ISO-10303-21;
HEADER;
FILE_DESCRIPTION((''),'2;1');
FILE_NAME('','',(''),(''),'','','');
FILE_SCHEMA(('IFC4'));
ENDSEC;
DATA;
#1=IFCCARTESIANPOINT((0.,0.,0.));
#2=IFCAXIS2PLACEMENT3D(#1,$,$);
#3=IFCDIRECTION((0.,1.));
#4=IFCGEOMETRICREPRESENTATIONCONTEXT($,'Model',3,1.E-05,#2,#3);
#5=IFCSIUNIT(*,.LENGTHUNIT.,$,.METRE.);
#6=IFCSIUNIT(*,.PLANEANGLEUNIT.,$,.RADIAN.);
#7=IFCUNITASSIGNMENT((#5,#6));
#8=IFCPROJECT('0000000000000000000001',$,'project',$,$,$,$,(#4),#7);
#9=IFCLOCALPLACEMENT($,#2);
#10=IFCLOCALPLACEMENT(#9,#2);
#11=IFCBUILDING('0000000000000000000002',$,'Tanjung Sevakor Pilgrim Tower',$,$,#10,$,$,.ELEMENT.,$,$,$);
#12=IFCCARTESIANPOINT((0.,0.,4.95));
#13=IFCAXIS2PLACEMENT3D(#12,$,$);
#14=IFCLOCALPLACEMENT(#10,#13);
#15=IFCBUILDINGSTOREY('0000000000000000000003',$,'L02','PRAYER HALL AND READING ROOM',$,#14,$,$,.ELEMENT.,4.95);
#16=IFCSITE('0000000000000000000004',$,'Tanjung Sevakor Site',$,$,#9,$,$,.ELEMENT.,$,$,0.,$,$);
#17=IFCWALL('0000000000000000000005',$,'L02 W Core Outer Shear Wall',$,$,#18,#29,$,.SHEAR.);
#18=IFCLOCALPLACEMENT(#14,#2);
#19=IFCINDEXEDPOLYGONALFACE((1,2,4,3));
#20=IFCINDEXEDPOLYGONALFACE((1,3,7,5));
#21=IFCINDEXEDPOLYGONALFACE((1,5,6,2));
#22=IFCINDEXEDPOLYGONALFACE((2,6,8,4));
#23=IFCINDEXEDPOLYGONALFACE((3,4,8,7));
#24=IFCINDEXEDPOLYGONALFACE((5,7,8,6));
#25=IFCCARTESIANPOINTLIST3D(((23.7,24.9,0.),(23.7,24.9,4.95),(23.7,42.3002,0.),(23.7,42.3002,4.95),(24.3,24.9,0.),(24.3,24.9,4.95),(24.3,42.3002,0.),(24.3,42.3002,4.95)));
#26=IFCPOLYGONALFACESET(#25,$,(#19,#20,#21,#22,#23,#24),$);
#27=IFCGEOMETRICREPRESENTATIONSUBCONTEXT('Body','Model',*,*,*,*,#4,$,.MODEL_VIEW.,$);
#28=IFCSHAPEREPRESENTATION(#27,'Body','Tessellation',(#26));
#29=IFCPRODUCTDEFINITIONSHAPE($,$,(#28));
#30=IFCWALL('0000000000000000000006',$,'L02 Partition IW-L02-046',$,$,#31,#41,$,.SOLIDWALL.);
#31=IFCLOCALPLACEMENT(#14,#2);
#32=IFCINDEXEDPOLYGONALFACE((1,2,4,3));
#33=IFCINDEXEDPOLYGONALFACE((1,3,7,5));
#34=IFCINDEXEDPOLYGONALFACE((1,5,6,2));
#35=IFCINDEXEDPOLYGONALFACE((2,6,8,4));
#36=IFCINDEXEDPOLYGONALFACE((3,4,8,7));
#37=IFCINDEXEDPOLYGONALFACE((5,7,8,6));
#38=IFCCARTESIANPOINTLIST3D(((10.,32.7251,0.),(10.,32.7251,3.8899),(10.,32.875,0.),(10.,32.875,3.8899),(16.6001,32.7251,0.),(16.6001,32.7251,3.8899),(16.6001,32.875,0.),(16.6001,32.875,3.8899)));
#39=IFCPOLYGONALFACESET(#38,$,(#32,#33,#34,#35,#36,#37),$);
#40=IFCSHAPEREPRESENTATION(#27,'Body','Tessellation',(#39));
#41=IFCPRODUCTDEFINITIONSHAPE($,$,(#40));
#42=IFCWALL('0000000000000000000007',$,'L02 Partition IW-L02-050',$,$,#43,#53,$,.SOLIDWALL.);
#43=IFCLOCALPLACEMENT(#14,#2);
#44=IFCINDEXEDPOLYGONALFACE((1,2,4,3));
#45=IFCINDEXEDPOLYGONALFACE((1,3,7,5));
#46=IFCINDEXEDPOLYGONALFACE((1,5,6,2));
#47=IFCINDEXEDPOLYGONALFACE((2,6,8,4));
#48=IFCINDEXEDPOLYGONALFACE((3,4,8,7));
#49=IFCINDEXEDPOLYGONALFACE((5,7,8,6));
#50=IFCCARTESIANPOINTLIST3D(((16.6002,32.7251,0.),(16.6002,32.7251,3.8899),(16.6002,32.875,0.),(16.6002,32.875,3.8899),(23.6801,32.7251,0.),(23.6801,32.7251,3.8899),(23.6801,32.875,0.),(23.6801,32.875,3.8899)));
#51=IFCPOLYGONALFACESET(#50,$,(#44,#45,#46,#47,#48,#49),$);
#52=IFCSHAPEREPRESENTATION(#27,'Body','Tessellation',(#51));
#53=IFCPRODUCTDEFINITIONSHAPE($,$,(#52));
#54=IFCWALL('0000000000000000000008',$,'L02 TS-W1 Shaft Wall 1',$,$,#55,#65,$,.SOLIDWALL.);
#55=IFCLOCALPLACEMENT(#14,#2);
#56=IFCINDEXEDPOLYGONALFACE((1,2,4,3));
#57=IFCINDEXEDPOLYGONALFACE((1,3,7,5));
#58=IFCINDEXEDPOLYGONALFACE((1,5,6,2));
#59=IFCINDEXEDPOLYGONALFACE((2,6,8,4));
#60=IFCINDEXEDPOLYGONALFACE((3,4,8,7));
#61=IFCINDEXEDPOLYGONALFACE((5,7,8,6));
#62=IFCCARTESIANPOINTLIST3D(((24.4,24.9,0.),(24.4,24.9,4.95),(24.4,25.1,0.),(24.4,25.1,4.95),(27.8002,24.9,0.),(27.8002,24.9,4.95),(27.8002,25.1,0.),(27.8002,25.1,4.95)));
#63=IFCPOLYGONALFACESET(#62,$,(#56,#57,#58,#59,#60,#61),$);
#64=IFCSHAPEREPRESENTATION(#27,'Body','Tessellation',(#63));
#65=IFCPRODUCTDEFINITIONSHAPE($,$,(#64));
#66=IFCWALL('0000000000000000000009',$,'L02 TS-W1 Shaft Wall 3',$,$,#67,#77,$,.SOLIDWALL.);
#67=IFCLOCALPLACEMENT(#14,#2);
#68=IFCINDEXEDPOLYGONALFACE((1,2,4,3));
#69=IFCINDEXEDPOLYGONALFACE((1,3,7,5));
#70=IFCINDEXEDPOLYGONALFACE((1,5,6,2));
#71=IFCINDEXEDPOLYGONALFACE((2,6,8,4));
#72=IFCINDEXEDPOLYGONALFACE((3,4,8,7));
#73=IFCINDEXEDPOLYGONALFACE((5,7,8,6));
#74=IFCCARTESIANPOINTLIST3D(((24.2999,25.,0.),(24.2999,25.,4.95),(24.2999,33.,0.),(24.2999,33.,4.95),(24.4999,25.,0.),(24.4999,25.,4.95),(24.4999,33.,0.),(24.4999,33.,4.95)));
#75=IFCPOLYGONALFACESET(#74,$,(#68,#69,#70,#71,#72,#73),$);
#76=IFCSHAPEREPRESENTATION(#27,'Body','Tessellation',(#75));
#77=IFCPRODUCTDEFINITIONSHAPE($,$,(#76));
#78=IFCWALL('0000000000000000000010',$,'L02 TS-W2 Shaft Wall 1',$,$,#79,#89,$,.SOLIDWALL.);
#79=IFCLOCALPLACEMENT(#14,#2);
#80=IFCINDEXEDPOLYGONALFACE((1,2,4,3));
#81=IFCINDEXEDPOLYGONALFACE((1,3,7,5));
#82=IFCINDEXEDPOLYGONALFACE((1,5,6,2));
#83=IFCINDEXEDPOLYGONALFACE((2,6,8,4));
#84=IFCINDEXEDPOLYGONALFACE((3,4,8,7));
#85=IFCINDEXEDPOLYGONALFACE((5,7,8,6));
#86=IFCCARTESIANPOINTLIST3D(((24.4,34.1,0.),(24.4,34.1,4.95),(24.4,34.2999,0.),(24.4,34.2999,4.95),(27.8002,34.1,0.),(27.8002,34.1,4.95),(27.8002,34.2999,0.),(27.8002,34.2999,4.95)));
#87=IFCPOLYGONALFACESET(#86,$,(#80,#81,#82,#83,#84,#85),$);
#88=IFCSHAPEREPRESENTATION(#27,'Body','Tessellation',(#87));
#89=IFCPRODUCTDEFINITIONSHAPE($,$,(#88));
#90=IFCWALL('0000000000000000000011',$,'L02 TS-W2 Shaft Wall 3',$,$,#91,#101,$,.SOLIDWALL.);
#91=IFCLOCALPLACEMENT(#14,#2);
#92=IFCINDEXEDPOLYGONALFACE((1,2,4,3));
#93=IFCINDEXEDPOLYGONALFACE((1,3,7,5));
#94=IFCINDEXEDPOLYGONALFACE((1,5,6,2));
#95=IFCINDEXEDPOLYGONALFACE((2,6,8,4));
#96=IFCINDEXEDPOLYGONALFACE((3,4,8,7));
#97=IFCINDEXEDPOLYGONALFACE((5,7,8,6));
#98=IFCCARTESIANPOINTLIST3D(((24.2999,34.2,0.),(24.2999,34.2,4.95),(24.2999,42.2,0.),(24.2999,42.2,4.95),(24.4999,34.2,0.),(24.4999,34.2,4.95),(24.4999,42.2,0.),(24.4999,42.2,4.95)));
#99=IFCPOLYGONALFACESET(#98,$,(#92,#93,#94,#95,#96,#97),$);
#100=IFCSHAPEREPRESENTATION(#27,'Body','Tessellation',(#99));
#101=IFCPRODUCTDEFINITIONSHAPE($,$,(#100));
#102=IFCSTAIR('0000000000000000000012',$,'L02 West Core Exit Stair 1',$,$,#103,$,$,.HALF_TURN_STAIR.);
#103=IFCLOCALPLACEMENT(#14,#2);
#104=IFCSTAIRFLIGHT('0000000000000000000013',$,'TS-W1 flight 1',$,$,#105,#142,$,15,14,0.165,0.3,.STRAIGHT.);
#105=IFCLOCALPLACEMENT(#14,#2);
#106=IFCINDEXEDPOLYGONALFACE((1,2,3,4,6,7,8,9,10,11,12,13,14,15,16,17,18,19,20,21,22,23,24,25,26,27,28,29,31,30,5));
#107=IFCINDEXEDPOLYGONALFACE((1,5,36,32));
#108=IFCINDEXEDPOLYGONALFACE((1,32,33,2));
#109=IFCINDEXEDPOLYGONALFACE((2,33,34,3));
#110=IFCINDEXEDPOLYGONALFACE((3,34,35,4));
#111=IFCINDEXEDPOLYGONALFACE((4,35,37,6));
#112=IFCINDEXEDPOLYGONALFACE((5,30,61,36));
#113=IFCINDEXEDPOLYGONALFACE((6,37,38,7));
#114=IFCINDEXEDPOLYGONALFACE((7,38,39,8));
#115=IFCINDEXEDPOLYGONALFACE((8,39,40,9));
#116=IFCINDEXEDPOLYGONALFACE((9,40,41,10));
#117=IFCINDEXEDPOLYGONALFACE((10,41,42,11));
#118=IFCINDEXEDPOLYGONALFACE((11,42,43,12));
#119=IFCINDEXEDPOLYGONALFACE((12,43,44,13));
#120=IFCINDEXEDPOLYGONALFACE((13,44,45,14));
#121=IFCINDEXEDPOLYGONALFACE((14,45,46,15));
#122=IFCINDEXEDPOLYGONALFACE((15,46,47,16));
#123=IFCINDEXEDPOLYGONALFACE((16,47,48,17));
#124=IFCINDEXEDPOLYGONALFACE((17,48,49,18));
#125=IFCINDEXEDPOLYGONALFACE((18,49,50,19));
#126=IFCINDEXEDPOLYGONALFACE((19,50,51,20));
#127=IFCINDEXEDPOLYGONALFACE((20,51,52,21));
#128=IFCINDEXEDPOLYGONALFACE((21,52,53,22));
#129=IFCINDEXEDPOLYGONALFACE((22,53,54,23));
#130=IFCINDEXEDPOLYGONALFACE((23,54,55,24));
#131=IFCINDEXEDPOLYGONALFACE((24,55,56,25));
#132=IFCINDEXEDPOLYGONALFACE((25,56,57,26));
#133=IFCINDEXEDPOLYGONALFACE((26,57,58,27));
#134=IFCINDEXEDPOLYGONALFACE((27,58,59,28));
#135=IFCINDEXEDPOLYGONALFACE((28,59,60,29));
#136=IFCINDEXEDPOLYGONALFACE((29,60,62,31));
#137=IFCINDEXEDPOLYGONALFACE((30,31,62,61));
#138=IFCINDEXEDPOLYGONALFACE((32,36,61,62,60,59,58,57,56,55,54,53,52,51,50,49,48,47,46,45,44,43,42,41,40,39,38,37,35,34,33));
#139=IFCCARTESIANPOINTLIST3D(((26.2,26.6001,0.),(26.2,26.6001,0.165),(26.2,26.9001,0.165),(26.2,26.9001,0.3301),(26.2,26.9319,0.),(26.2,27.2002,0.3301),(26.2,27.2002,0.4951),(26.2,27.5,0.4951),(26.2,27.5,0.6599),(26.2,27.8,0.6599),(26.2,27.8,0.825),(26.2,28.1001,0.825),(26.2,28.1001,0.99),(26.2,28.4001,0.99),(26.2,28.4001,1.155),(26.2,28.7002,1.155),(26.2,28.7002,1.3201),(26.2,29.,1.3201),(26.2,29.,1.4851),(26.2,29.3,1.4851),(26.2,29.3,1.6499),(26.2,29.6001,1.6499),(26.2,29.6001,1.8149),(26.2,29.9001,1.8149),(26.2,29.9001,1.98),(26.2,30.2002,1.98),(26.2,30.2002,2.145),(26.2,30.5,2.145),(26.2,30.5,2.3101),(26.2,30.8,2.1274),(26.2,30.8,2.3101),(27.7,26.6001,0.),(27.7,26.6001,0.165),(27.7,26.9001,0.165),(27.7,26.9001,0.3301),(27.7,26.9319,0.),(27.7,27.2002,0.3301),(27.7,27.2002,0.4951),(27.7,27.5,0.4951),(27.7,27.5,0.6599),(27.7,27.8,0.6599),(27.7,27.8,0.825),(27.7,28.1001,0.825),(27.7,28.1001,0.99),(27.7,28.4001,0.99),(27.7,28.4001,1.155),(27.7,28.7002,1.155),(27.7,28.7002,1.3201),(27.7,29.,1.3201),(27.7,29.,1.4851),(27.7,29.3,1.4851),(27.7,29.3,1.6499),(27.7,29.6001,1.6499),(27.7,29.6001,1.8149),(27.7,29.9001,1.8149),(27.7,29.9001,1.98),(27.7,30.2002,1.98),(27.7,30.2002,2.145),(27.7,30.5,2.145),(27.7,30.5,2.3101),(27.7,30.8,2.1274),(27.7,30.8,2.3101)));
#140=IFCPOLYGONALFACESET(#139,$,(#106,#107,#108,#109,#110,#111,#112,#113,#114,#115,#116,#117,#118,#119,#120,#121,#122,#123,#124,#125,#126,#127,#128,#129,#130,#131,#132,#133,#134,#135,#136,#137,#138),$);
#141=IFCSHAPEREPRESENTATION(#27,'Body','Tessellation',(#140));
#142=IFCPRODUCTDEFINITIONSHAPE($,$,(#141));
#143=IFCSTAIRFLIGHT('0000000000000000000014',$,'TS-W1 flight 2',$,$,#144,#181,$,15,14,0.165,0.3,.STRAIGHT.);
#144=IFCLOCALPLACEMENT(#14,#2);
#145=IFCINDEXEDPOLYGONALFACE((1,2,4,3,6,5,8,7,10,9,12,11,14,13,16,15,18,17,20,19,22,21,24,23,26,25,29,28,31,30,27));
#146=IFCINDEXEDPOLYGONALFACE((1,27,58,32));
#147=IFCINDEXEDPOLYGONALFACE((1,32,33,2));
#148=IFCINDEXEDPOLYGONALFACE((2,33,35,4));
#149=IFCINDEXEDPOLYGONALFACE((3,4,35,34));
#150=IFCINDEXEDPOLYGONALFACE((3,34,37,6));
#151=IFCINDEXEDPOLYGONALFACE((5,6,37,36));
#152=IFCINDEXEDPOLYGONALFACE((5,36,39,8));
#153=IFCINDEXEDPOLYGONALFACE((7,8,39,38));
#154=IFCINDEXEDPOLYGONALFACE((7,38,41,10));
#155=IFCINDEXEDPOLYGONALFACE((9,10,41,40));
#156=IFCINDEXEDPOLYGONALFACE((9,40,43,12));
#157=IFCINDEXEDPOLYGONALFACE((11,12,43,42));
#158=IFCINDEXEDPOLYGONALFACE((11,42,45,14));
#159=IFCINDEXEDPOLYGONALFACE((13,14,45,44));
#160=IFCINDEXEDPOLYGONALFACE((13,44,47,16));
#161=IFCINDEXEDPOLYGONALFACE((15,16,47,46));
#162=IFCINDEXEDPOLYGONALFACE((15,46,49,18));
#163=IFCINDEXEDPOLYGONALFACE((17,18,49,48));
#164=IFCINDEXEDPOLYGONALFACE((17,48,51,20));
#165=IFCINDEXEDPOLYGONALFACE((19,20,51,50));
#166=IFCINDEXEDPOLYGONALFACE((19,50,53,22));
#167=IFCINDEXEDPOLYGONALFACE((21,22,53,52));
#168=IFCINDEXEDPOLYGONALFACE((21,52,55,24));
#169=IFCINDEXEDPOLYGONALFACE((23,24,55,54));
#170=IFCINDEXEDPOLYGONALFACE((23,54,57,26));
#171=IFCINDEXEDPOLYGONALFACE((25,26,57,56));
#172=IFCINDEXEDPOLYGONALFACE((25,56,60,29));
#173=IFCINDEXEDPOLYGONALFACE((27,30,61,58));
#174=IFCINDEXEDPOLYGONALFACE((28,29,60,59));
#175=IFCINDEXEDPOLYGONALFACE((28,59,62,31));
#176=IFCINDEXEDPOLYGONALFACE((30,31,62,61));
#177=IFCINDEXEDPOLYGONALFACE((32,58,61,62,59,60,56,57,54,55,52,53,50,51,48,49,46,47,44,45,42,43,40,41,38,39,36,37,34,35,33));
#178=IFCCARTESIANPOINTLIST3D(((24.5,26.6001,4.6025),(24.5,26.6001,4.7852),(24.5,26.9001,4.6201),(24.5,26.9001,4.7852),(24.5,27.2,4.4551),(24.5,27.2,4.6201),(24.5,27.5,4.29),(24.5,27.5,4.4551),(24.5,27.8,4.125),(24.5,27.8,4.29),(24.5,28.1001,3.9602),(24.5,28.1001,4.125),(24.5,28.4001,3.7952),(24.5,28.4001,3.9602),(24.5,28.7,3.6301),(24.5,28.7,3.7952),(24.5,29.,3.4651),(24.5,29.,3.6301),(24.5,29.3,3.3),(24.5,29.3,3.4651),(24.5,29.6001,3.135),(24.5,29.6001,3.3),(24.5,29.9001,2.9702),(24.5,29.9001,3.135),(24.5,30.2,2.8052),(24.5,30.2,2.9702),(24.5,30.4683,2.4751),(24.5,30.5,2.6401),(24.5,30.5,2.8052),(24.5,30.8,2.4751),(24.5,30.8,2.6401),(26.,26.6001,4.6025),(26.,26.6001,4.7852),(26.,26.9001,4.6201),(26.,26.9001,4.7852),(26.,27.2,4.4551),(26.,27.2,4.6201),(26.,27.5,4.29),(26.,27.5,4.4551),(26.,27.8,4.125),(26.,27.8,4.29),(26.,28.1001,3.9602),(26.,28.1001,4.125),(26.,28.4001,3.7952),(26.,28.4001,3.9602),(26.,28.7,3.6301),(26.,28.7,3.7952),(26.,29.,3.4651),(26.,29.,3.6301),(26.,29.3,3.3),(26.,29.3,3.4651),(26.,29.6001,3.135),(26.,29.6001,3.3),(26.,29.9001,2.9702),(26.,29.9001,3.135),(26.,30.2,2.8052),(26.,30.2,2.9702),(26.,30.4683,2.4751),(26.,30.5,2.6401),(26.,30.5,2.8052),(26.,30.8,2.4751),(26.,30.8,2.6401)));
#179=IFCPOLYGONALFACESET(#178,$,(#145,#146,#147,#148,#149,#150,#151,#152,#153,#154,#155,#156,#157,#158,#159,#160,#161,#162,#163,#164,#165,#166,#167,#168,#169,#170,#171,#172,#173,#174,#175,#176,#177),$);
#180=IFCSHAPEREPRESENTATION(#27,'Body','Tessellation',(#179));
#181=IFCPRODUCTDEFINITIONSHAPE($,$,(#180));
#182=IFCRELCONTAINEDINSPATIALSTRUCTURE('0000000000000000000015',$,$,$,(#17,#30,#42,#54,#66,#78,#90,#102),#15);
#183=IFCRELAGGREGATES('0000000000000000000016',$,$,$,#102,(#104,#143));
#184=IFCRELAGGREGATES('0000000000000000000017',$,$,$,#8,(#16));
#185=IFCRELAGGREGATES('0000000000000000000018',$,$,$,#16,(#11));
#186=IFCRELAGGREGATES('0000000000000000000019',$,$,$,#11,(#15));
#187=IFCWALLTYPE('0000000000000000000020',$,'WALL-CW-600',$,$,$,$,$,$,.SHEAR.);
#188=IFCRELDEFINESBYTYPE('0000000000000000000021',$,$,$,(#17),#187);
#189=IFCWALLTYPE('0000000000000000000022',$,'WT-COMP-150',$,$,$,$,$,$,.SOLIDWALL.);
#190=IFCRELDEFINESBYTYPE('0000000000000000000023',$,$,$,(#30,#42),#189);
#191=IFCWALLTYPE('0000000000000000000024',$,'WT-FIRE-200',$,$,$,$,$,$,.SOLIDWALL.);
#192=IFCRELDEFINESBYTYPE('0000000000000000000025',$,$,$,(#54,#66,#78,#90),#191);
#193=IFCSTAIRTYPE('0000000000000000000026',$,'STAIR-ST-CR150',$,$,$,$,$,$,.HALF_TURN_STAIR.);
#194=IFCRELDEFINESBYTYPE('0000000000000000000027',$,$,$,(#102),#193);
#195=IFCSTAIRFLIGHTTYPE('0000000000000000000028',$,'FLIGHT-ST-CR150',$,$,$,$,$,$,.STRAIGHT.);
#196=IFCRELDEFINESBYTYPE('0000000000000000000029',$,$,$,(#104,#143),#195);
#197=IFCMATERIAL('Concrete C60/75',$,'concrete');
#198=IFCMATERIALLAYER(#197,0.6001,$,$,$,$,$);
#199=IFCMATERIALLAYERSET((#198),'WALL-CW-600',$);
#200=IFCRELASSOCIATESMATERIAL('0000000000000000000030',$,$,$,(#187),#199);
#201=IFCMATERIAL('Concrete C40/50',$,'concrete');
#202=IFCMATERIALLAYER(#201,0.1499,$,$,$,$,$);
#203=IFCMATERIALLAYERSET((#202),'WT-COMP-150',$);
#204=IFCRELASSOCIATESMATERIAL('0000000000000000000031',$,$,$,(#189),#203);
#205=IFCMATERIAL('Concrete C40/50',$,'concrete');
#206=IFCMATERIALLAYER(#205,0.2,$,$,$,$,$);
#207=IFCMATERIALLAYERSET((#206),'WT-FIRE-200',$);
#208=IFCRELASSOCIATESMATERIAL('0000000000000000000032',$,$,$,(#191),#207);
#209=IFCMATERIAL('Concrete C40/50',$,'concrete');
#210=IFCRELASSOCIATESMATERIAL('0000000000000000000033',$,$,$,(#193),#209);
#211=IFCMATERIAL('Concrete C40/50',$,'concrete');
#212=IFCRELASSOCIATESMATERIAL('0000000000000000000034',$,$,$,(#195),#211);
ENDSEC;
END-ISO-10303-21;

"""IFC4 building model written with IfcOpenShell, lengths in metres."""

from ifc_helpers import new_model, si_unit, direction, frame, frame_2d, origin, place, context, subcontext, project, spatial, polyline, rectangle, outline, extrude, material, layer, layer_set, type_object, element, aggregate, save


model = new_model("IFC4")

# Units and contexts
model_context = context("Model", 3, precision=1e-05, world=origin(), true_north=direction((0.0, 1.0)))
body_context = subcontext(model_context, "Body", "Model", "MODEL_VIEW")
ifc_project = project(units=[si_unit("LENGTHUNIT", "METRE"), si_unit("PLANEANGLEUNIT", "RADIAN")], contexts=[model_context])

# Site, building, storey
site_placement = place(None, origin())
site = spatial("IfcSite", under=ifc_project, at=site_placement, Name="Tanjung Sevakor Site", CompositionType="ELEMENT", RefElevation=0.0)
building_placement = place(site_placement, origin())
building = spatial("IfcBuilding", under=site, at=building_placement, Name="Tanjung Sevakor Pilgrim Tower", CompositionType="ELEMENT")
storey_placement = place(building_placement, frame((0.0, 0.0, 4.95)))
storey = spatial("IfcBuildingStorey", under=building, at=storey_placement, Name="L02", Description="PRAYER HALL AND READING ROOM", CompositionType="ELEMENT", Elevation=4.95)

# Walls
ifc_material_1 = material(Name="Concrete C60/75", Category="concrete")
ifc_layer_1 = layer(ifc_material_1, 0.6001)
ifc_layer_set_1 = layer_set([ifc_layer_1], Name="WALL-CW-600")
wall_type_1 = type_object("IfcWallType", Name="WALL-CW-600", PredefinedType="SHEAR", material=ifc_layer_set_1)
wall_1_placement = place(storey_placement, frame((24.0, 24.8999, 0.0), z_axis=(0.0, 0.0, 1.0), x_axis=(0.0, 1.0, 0.0)))
element("IfcWall", 1, at=wall_1_placement, inside=storey, type_object=wall_type_1, Name="L02 W Core Outer Shear Wall", PredefinedType="SHEAR", context=body_context, shape_type="SweptSolid", body=[
    extrude(rectangle(XDim=17.4001, YDim=0.6001, at=frame_2d((8.7002, 0.0))), origin(), (0.0, 0.0, 1.0), 4.95),
])
ifc_material_2 = material(Name="Concrete C40/50", Category="concrete")
ifc_layer_2 = layer(ifc_material_2, 0.1499)
ifc_layer_set_2 = layer_set([ifc_layer_2], Name="WT-COMP-150")
wall_type_2 = type_object("IfcWallType", Name="WT-COMP-150", PredefinedType="SOLIDWALL", material=ifc_layer_set_2)
wall_2_placement = place(storey_placement, frame((10.0, 32.8, 0.0), z_axis=(0.0, 0.0, 1.0), x_axis=(1.0, 0.0, 0.0)))
element("IfcWall", 2, at=wall_2_placement, inside=storey, type_object=wall_type_2, Name="L02 Partition IW-L02-046", PredefinedType="SOLIDWALL", context=body_context, shape_type="SweptSolid", body=[
    extrude(rectangle(XDim=6.6001, YDim=0.1499, at=frame_2d((3.3, 0.0))), origin(), (0.0, 0.0, 1.0), 3.8899),
])
wall_3_placement = place(storey_placement, frame((16.6001, 32.8, 0.0), z_axis=(0.0, 0.0, 1.0), x_axis=(1.0, 0.0, 0.0)))
element("IfcWall", 3, at=wall_3_placement, inside=storey, type_object=wall_type_2, Name="L02 Partition IW-L02-050", PredefinedType="SOLIDWALL", context=body_context, shape_type="SweptSolid", body=[
    extrude(rectangle(XDim=7.0798, YDim=0.1499, at=frame_2d((3.54, 0.0))), origin(), (0.0, 0.0, 1.0), 3.8899),
])
ifc_material_3 = material(Name="Concrete C40/50", Category="concrete")
ifc_layer_3 = layer(ifc_material_3, 0.2)
ifc_layer_set_3 = layer_set([ifc_layer_3], Name="WT-FIRE-200")
wall_type_3 = type_object("IfcWallType", Name="WT-FIRE-200", PredefinedType="SOLIDWALL", material=ifc_layer_set_3)
wall_4_placement = place(storey_placement, frame((24.3999, 25.0, 0.0), z_axis=(0.0, 0.0, 1.0), x_axis=(1.0, 0.0, 0.0)))
element("IfcWall", 4, at=wall_4_placement, inside=storey, type_object=wall_type_3, Name="L02 TS-W1 Shaft Wall 1", PredefinedType="SOLIDWALL", context=body_context, shape_type="SweptSolid", body=[
    extrude(rectangle(XDim=3.4001, YDim=0.2, at=frame_2d((1.7002, 0.0))), origin(), (0.0, 0.0, 1.0), 4.95),
])
wall_5_placement = place(storey_placement, frame((24.3999, 33.0, 0.0), z_axis=(0.0, 0.0, 1.0), x_axis=(0.0, -1.0, 0.0)))
element("IfcWall", 5, at=wall_5_placement, inside=storey, type_object=wall_type_3, Name="L02 TS-W1 Shaft Wall 3", PredefinedType="SOLIDWALL", context=body_context, shape_type="SweptSolid", body=[
    extrude(rectangle(XDim=8.0, YDim=0.2, at=frame_2d((4.0, 0.0))), origin(), (0.0, 0.0, 1.0), 4.95),
])
wall_6_placement = place(storey_placement, frame((24.3999, 34.2, 0.0), z_axis=(0.0, 0.0, 1.0), x_axis=(1.0, 0.0, 0.0)))
element("IfcWall", 6, at=wall_6_placement, inside=storey, type_object=wall_type_3, Name="L02 TS-W2 Shaft Wall 1", PredefinedType="SOLIDWALL", context=body_context, shape_type="SweptSolid", body=[
    extrude(rectangle(XDim=3.4001, YDim=0.2, at=frame_2d((1.7002, 0.0))), origin(), (0.0, 0.0, 1.0), 4.95),
])
wall_7_placement = place(storey_placement, frame((24.3999, 42.2, 0.0), z_axis=(0.0, 0.0, 1.0), x_axis=(0.0, -1.0, 0.0)))
element("IfcWall", 7, at=wall_7_placement, inside=storey, type_object=wall_type_3, Name="L02 TS-W2 Shaft Wall 3", PredefinedType="SOLIDWALL", context=body_context, shape_type="SweptSolid", body=[
    extrude(rectangle(XDim=8.0, YDim=0.2, at=frame_2d((4.0, 0.0))), origin(), (0.0, 0.0, 1.0), 4.95),
])

# Stair, stair flights
ifc_material_4 = material(Name="Concrete C40/50", Category="concrete")
stair_type = type_object("IfcStairType", Name="STAIR-ST-CR150", PredefinedType="HALF_TURN_STAIR", material=ifc_material_4)
stair_1_placement = place(storey_placement, origin())
stair_1 = element("IfcStair", 8, at=stair_1_placement, inside=storey, type_object=stair_type, Name="L02 West Core Exit Stair 1", PredefinedType="HALF_TURN_STAIR")
ifc_material_5 = material(Name="Concrete C40/50", Category="concrete")
stair_flight_type = type_object("IfcStairFlightType", Name="FLIGHT-ST-CR150", PredefinedType="STRAIGHT", material=ifc_material_5)
stair_flight_1_placement = place(storey_placement, frame((26.95, 26.6001, 0.0), z_axis=(0.0, 0.0, 1.0), x_axis=(0.0, 1.0, 0.0)))
stair_flight_1 = element("IfcStairFlight", 9, at=stair_flight_1_placement, type_object=stair_flight_type, Name="TS-W1 flight 1", NumberOfRisers=15, NumberOfTreads=14, PredefinedType="STRAIGHT", RiserHeight=0.165, TreadLength=0.3, context=body_context, shape_type="SweptSolid", body=[
    extrude(outline(polyline([(0.0, 0.0), (0.0, 0.165), (0.3, 0.165), (0.3, 0.3301), (0.6001, 0.3301), (0.6001, 0.4951), (0.8999, 0.4951), (0.8999, 0.6599), (1.2, 0.6599), (1.2, 0.825), (1.5, 0.825), (1.5, 0.99), (1.8, 0.99), (1.8, 1.155), (2.1001, 1.155), (2.1001, 1.3201), (2.3999, 1.3201), (2.3999, 1.4851), (2.7, 1.4851), (2.7, 1.6499), (3.0, 1.6499), (3.0, 1.8149), (3.3, 1.8149), (3.3, 1.98), (3.6001, 1.98), (3.6001, 2.145), (3.8999, 2.145), (3.8999, 2.3101), (4.2, 2.3101), (4.2, 2.4751), (4.2, 2.1274), (0.3318, 0.0), (0.0, 0.0)])), frame((0.0, 0.75, 0.0), z_axis=(0.0, -1.0, 0.0), x_axis=(1.0, 0.0, 0.0)), (0.0, 0.0, 1.0), 1.5),
])
stair_flight_2_placement = place(storey_placement, frame((25.25, 30.8, 2.4751), z_axis=(0.0, 0.0, 1.0), x_axis=(0.0, -1.0, 0.0)))
stair_flight_2 = element("IfcStairFlight", 10, at=stair_flight_2_placement, type_object=stair_flight_type, Name="TS-W1 flight 2", NumberOfRisers=15, NumberOfTreads=14, PredefinedType="STRAIGHT", RiserHeight=0.165, TreadLength=0.3, context=body_context, shape_type="SweptSolid", body=[
    extrude(outline(polyline([(0.0, 0.0), (0.0, 0.165), (0.3, 0.165), (0.3, 0.3301), (0.6001, 0.3301), (0.6001, 0.4951), (0.8999, 0.4951), (0.8999, 0.6599), (1.2, 0.6599), (1.2, 0.825), (1.5, 0.825), (1.5, 0.99), (1.8, 0.99), (1.8, 1.155), (2.1001, 1.155), (2.1001, 1.3201), (2.3999, 1.3201), (2.3999, 1.4851), (2.7, 1.4851), (2.7, 1.6499), (3.0, 1.6499), (3.0, 1.8149), (3.3, 1.8149), (3.3, 1.98), (3.6001, 1.98), (3.6001, 2.145), (3.8999, 2.145), (3.8999, 2.3101), (4.2, 2.3101), (4.2, 2.4751), (4.2, 2.1274), (0.3318, 0.0), (0.0, 0.0)])), frame((0.0, 0.75, 0.0), z_axis=(0.0, -1.0, 0.0), x_axis=(1.0, 0.0, 0.0)), (0.0, 0.0, 1.0), 1.5),
])
aggregate(stair_1, [stair_flight_1, stair_flight_2])

save(model, "model.ifc")
